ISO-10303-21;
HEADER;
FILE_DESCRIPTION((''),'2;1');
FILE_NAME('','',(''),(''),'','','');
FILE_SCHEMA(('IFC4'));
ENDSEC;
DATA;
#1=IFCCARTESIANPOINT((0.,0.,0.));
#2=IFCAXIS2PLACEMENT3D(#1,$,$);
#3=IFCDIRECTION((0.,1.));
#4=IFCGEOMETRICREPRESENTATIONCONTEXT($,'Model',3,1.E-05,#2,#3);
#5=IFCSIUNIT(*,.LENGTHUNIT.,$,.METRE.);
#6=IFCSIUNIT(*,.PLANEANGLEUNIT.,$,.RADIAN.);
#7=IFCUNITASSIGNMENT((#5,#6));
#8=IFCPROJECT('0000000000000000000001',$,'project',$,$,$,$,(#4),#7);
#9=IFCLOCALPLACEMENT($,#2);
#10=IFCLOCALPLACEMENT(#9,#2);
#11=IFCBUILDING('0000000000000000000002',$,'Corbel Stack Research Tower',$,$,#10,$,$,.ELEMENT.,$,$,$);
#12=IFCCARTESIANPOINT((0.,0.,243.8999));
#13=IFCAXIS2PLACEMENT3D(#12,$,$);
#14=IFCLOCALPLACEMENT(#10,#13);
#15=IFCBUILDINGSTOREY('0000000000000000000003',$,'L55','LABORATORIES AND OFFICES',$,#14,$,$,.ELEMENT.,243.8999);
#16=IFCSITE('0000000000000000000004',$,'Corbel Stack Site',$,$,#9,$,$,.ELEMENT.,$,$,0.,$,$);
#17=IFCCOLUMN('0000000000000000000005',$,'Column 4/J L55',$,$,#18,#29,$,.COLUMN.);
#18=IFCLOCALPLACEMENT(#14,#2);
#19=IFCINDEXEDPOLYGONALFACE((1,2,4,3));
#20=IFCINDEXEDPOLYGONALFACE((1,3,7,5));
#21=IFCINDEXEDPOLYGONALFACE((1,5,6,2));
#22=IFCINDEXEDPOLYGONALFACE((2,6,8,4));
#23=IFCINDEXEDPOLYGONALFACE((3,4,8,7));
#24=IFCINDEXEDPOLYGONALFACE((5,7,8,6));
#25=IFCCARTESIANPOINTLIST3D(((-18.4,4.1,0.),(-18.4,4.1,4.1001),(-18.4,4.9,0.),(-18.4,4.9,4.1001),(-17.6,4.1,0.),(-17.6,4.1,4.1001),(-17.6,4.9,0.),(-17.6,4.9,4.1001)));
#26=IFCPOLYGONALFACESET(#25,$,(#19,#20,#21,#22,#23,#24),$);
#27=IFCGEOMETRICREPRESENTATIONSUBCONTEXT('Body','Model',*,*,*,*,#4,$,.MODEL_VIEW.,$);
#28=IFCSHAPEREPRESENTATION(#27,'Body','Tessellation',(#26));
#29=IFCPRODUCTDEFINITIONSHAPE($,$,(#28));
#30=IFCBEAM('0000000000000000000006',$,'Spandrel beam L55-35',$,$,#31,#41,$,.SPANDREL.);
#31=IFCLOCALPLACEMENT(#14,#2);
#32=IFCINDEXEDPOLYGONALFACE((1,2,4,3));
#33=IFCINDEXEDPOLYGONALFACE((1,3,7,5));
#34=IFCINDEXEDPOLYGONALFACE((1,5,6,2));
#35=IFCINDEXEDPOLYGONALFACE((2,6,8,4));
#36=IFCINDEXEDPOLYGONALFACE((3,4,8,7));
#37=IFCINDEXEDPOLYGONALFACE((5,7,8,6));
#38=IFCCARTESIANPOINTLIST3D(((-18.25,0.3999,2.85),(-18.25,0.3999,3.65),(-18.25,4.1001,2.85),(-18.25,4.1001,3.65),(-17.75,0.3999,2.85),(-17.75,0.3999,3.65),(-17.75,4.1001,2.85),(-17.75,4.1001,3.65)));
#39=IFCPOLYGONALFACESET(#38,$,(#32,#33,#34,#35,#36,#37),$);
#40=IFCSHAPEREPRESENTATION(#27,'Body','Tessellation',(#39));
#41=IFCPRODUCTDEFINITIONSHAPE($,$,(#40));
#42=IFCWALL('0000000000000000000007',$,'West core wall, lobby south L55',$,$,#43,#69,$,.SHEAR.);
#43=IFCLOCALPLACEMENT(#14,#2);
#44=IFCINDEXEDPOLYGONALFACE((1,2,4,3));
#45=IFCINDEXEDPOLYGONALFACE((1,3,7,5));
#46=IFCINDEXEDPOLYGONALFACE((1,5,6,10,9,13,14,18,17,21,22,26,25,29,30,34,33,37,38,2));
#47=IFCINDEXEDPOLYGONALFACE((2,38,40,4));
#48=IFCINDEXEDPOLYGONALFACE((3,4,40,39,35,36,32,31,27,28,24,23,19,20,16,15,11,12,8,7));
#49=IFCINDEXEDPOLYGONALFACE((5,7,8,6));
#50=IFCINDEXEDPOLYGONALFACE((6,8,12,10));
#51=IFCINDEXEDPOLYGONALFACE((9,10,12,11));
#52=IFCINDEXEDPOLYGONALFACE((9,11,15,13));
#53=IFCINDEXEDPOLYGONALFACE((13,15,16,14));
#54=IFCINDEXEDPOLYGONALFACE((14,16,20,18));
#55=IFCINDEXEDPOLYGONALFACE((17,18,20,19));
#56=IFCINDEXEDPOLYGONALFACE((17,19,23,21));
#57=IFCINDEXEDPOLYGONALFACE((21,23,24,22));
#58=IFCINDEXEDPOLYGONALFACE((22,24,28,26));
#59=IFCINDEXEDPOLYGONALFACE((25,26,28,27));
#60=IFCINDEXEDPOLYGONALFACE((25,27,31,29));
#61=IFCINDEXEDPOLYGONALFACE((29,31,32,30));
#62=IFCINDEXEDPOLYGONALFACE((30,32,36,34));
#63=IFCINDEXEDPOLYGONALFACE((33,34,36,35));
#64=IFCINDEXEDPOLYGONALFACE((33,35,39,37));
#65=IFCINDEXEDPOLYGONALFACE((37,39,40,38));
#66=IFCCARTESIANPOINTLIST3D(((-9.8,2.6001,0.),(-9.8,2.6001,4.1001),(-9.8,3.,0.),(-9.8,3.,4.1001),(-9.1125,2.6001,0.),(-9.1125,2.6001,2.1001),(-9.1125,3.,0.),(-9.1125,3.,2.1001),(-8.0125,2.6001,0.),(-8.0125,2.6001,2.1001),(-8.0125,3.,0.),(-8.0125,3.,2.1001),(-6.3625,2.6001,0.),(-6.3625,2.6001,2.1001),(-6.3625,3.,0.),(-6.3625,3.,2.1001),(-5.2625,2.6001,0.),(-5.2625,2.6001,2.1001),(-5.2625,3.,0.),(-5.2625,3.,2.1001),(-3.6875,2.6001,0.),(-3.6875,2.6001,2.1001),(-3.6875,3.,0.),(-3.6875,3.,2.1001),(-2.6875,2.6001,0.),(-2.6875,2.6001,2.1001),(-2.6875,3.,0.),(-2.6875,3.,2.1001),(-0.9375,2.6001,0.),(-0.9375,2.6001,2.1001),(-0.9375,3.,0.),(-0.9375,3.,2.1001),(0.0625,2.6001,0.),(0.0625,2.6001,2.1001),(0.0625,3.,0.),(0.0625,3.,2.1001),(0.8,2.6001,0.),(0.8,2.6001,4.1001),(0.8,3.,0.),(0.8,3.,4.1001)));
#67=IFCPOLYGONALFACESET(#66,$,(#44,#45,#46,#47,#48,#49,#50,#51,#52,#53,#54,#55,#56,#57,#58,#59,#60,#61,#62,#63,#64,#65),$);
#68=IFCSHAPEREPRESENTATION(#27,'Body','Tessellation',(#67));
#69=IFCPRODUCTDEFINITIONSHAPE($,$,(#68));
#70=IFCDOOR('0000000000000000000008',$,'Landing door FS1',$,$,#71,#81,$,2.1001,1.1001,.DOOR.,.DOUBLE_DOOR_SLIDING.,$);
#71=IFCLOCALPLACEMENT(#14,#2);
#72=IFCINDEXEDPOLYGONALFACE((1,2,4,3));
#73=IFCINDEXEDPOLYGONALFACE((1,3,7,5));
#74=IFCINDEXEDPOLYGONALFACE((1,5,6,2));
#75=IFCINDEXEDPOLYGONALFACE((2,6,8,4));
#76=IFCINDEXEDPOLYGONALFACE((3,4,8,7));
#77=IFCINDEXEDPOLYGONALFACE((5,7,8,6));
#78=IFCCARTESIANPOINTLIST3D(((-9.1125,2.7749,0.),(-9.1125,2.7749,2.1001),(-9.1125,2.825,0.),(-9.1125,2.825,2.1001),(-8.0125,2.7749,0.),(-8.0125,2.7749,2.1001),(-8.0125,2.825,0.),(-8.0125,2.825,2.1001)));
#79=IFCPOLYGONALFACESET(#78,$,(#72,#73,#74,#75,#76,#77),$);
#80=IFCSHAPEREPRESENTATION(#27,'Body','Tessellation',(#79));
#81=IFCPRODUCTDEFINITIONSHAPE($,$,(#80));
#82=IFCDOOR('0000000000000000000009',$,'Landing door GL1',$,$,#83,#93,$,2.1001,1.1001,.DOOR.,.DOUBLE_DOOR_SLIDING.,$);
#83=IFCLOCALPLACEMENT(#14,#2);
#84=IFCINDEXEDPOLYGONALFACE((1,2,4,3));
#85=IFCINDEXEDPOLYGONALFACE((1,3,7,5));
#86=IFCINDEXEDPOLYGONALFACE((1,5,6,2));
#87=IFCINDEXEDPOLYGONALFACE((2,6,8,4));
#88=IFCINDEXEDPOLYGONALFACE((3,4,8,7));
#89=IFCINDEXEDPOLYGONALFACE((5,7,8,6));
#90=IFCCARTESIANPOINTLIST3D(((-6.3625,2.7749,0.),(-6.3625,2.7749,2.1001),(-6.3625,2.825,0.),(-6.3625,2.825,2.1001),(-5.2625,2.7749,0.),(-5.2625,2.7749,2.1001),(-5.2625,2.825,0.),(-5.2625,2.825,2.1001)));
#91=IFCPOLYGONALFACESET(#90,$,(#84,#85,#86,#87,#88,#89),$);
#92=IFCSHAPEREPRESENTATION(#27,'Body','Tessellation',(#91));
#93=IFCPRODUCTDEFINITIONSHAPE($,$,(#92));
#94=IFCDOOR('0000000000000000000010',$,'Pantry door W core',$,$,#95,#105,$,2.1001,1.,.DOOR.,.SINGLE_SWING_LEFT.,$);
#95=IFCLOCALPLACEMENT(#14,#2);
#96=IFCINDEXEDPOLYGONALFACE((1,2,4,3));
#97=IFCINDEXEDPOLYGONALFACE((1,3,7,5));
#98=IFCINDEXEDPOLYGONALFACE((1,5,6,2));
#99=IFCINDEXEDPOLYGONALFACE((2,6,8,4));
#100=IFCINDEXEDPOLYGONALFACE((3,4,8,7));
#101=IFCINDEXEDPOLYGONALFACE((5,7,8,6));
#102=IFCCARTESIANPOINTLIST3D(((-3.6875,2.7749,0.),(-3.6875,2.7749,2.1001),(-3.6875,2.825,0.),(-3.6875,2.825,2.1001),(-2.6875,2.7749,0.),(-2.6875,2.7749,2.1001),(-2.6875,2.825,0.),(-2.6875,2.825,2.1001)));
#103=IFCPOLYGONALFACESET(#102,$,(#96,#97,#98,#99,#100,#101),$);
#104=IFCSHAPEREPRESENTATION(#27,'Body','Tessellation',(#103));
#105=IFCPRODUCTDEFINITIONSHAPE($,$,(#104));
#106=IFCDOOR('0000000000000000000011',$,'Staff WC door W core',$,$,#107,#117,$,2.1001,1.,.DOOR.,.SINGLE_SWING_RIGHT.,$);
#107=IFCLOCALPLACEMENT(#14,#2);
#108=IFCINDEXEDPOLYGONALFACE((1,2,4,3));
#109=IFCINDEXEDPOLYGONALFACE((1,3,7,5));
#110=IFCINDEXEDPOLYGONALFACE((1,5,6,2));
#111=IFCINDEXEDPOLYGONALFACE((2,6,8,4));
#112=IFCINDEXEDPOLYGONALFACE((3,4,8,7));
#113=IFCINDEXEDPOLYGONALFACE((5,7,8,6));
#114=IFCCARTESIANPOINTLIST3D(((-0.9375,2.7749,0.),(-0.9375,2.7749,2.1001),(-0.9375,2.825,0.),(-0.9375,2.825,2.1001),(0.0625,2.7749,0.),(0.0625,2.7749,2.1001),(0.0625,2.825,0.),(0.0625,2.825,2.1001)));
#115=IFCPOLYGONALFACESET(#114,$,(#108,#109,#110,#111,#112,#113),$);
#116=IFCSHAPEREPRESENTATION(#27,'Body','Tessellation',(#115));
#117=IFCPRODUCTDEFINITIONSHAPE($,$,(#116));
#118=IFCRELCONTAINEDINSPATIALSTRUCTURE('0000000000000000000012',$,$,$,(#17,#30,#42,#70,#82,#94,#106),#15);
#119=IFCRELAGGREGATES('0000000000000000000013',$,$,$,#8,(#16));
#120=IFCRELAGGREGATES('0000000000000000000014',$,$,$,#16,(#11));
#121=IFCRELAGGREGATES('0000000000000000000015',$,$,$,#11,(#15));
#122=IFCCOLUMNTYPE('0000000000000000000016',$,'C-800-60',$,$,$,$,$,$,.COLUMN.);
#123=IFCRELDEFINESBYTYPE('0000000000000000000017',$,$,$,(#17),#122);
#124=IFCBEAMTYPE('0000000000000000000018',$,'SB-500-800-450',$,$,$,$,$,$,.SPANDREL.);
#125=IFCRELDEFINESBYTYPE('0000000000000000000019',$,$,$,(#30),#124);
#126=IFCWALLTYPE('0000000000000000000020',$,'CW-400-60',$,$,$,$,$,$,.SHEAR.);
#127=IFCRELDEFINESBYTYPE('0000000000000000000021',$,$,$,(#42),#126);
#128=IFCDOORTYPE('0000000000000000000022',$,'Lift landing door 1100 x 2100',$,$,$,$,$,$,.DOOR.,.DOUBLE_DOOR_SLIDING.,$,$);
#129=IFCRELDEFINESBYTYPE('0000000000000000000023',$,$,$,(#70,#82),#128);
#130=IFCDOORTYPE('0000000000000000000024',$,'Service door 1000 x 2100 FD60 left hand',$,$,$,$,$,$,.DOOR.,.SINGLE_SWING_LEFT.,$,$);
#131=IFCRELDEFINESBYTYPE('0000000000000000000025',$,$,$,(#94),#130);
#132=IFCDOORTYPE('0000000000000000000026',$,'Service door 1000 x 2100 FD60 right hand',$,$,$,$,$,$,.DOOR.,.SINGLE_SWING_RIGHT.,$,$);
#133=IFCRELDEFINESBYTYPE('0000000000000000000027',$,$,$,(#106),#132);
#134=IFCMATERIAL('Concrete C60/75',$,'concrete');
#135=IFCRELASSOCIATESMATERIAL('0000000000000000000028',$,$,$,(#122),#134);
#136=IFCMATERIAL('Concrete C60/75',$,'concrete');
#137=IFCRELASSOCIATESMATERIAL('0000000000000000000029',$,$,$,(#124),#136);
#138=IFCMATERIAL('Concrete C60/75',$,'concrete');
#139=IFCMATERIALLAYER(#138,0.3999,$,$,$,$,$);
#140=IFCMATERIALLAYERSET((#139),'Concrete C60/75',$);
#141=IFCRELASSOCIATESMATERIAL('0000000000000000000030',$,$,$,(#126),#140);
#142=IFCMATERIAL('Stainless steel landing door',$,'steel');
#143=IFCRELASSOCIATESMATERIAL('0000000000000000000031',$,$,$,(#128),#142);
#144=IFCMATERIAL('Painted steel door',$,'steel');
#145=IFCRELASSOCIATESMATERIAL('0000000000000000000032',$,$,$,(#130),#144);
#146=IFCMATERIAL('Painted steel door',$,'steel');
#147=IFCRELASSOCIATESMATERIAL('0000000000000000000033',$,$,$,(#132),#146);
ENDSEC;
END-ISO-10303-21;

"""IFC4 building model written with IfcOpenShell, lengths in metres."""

from ifc_helpers import new_model, si_unit, direction, frame, frame_2d, origin, origin_2d, place, context, subcontext, project, spatial, rectangle, extrude, material, layer, layer_set, material_profile, profile_set, type_object, element, fill, save


model = new_model("IFC4")

# Units and contexts
model_context = context("Model", 3, precision=1e-05, world=origin(), true_north=direction((0.0, 1.0)))
body_context = subcontext(model_context, "Body", "Model", "MODEL_VIEW")
ifc_project = project(units=[si_unit("LENGTHUNIT", "METRE"), si_unit("PLANEANGLEUNIT", "RADIAN")], contexts=[model_context])

# Site, building, storey
site_placement = place(None, origin())
site = spatial("IfcSite", under=ifc_project, at=site_placement, Name="Corbel Stack Site", CompositionType="ELEMENT", RefElevation=0.0)
building_placement = place(site_placement, origin())
building = spatial("IfcBuilding", under=site, at=building_placement, Name="Corbel Stack Research Tower", CompositionType="ELEMENT")
storey_placement = place(building_placement, frame((0.0, 0.0, 243.8999)))
storey = spatial("IfcBuildingStorey", under=building, at=storey_placement, Name="L55", Description="LABORATORIES AND OFFICES", CompositionType="ELEMENT", Elevation=243.8999)

# Column
ifc_material_1 = material(Name="Concrete C60/75", Category="concrete")
ifc_material_profile_1 = material_profile(ifc_material_1, rectangle(XDim=0.8, YDim=0.8, at=origin_2d()), Name="RC 800 x 800")
ifc_profile_set_1 = profile_set([ifc_material_profile_1], Name="Concrete C60/75")
column_type = type_object("IfcColumnType", Name="C-800-60", PredefinedType="COLUMN", material=ifc_profile_set_1)
column_placement = place(storey_placement, frame((-18.0, 4.5, 0.0), z_axis=(0.0, 0.0, 1.0), x_axis=(1.0, 0.0, 0.0)))
element("IfcColumn", 1, at=column_placement, inside=storey, type_object=column_type, Name="Column 4/J L55", PredefinedType="COLUMN", context=body_context, shape_type="SweptSolid", body=[
    extrude(rectangle(XDim=0.8, YDim=0.8, at=origin_2d()), origin(), (0.0, 0.0, 1.0), 4.1001),
])

# Beam
ifc_material_2 = material(Name="Concrete C60/75", Category="concrete")
ifc_material_profile_2 = material_profile(ifc_material_2, rectangle(XDim=0.5, YDim=0.8, at=origin_2d()), Name="RC 500 x 800")
ifc_profile_set_2 = profile_set([ifc_material_profile_2], Name="Concrete C60/75")
beam_type = type_object("IfcBeamType", Name="SB-500-800-450", PredefinedType="SPANDREL", material=ifc_profile_set_2)
beam_placement = place(storey_placement, frame((-18.0, 4.1001, 3.25), z_axis=(0.0, -1.0, 0.0), x_axis=(1.0, 0.0, 0.0)))
element("IfcBeam", 2, at=beam_placement, inside=storey, type_object=beam_type, Name="Spandrel beam L55-35", PredefinedType="SPANDREL", context=body_context, shape_type="SweptSolid", body=[
    extrude(rectangle(XDim=0.5, YDim=0.8, at=origin_2d()), origin(), (0.0, 0.0, 1.0), 3.7002),
])

# Wall, openings, doors
ifc_material_3 = material(Name="Concrete C60/75", Category="concrete")
ifc_layer_1 = layer(ifc_material_3, 0.3999)
ifc_layer_set_1 = layer_set([ifc_layer_1], Name="Concrete C60/75")
wall_type_1 = type_object("IfcWallType", Name="CW-400-60", PredefinedType="SHEAR", material=ifc_layer_set_1)
wall_1_placement = place(storey_placement, frame((-9.8, 2.8, 0.0), z_axis=(0.0, 0.0, 1.0), x_axis=(1.0, 0.0, 0.0)))
wall_1 = element("IfcWall", 3, at=wall_1_placement, inside=storey, type_object=wall_type_1, Name="West core wall, lobby south L55", PredefinedType="SHEAR", context=body_context, shape_type="SweptSolid", body=[
    extrude(rectangle(XDim=10.6001, YDim=0.3999, at=frame_2d((5.3, 0.0))), origin(), (0.0, 0.0, 1.0), 4.1001),
])
opening_1_placement = place(wall_1_placement, frame((0.6875, 0.0, 0.0)))
opening_1 = element("IfcOpeningElement", 4, at=opening_1_placement, cuts=wall_1, PredefinedType="OPENING", context=body_context, shape_type="SweptSolid", body=[
    extrude(rectangle(XDim=1.1001, YDim=2.1001, at=frame_2d((0.55, 1.05))), frame((0.0, 0.21, 0.0), z_axis=(0.0, -1.0, 0.0), x_axis=(1.0, 0.0, 0.0)), (0.0, 0.0, 1.0), 0.4199),
])
opening_2_placement = place(wall_1_placement, frame((3.4375, 0.0, 0.0)))
opening_2 = element("IfcOpeningElement", 5, at=opening_2_placement, cuts=wall_1, PredefinedType="OPENING", context=body_context, shape_type="SweptSolid", body=[
    extrude(rectangle(XDim=1.1001, YDim=2.1001, at=frame_2d((0.55, 1.05))), frame((0.0, 0.21, 0.0), z_axis=(0.0, -1.0, 0.0), x_axis=(1.0, 0.0, 0.0)), (0.0, 0.0, 1.0), 0.4199),
])
opening_3_placement = place(wall_1_placement, frame((6.1125, 0.0, 0.0)))
opening_3 = element("IfcOpeningElement", 6, at=opening_3_placement, cuts=wall_1, PredefinedType="OPENING", context=body_context, shape_type="SweptSolid", body=[
    extrude(rectangle(XDim=1.0, YDim=2.1001, at=frame_2d((0.5, 1.05))), frame((0.0, 0.21, 0.0), z_axis=(0.0, -1.0, 0.0), x_axis=(1.0, 0.0, 0.0)), (0.0, 0.0, 1.0), 0.4199),
])
opening_4_placement = place(wall_1_placement, frame((8.8625, 0.0, 0.0)))
opening_4 = element("IfcOpeningElement", 7, at=opening_4_placement, cuts=wall_1, PredefinedType="OPENING", context=body_context, shape_type="SweptSolid", body=[
    extrude(rectangle(XDim=1.0, YDim=2.1001, at=frame_2d((0.5, 1.05))), frame((0.0, 0.21, 0.0), z_axis=(0.0, -1.0, 0.0), x_axis=(1.0, 0.0, 0.0)), (0.0, 0.0, 1.0), 0.4199),
])
ifc_material_4 = material(Name="Stainless steel landing door", Category="steel")
door_type_1 = type_object("IfcDoorType", Name="Lift landing door 1100 x 2100", OperationType="DOUBLE_DOOR_SLIDING", PredefinedType="DOOR", material=ifc_material_4)
door_1_placement = place(opening_1_placement, origin())
door_1 = element("IfcDoor", 8, at=door_1_placement, inside=storey, type_object=door_type_1, Name="Landing door FS1", OperationType="DOUBLE_DOOR_SLIDING", OverallHeight=2.1001, OverallWidth=1.1001, PredefinedType="DOOR", context=body_context, shape_type="SweptSolid", body=[
    extrude(rectangle(XDim=1.1001, YDim=2.1001, at=frame_2d((0.55, 1.05))), frame((0.0, 0.0249, 0.0), z_axis=(0.0, -1.0, 0.0), x_axis=(1.0, 0.0, 0.0)), (0.0, 0.0, 1.0), 0.05),
])
fill(opening_1, door_1)
door_2_placement = place(opening_2_placement, origin())
door_2 = element("IfcDoor", 9, at=door_2_placement, inside=storey, type_object=door_type_1, Name="Landing door GL1", OperationType="DOUBLE_DOOR_SLIDING", OverallHeight=2.1001, OverallWidth=1.1001, PredefinedType="DOOR", context=body_context, shape_type="SweptSolid", body=[
    extrude(rectangle(XDim=1.1001, YDim=2.1001, at=frame_2d((0.55, 1.05))), frame((0.0, 0.0249, 0.0), z_axis=(0.0, -1.0, 0.0), x_axis=(1.0, 0.0, 0.0)), (0.0, 0.0, 1.0), 0.05),
])
fill(opening_2, door_2)
ifc_material_5 = material(Name="Painted steel door", Category="steel")
door_type_2 = type_object("IfcDoorType", Name="Service door 1000 x 2100 FD60 left hand", OperationType="SINGLE_SWING_LEFT", PredefinedType="DOOR", material=ifc_material_5)
door_3_placement = place(opening_3_placement, origin())
door_3 = element("IfcDoor", 10, at=door_3_placement, inside=storey, type_object=door_type_2, Name="Pantry door W core", OperationType="SINGLE_SWING_LEFT", OverallHeight=2.1001, OverallWidth=1.0, PredefinedType="DOOR", context=body_context, shape_type="SweptSolid", body=[
    extrude(rectangle(XDim=1.0, YDim=2.1001, at=frame_2d((0.5, 1.05))), frame((0.0, 0.0249, 0.0), z_axis=(0.0, -1.0, 0.0), x_axis=(1.0, 0.0, 0.0)), (0.0, 0.0, 1.0), 0.05),
])
fill(opening_3, door_3)
ifc_material_6 = material(Name="Painted steel door", Category="steel")
door_type_3 = type_object("IfcDoorType", Name="Service door 1000 x 2100 FD60 right hand", OperationType="SINGLE_SWING_RIGHT", PredefinedType="DOOR", material=ifc_material_6)
door_4_placement = place(opening_4_placement, origin())
door_4 = element("IfcDoor", 11, at=door_4_placement, inside=storey, type_object=door_type_3, Name="Staff WC door W core", OperationType="SINGLE_SWING_RIGHT", OverallHeight=2.1001, OverallWidth=1.0, PredefinedType="DOOR", context=body_context, shape_type="SweptSolid", body=[
    extrude(rectangle(XDim=1.0, YDim=2.1001, at=frame_2d((0.5, 1.05))), frame((0.0, 0.0249, 0.0), z_axis=(0.0, -1.0, 0.0), x_axis=(1.0, 0.0, 0.0)), (0.0, 0.0, 1.0), 0.05),
])
fill(opening_4, door_4)

save(model, "model.ifc")
